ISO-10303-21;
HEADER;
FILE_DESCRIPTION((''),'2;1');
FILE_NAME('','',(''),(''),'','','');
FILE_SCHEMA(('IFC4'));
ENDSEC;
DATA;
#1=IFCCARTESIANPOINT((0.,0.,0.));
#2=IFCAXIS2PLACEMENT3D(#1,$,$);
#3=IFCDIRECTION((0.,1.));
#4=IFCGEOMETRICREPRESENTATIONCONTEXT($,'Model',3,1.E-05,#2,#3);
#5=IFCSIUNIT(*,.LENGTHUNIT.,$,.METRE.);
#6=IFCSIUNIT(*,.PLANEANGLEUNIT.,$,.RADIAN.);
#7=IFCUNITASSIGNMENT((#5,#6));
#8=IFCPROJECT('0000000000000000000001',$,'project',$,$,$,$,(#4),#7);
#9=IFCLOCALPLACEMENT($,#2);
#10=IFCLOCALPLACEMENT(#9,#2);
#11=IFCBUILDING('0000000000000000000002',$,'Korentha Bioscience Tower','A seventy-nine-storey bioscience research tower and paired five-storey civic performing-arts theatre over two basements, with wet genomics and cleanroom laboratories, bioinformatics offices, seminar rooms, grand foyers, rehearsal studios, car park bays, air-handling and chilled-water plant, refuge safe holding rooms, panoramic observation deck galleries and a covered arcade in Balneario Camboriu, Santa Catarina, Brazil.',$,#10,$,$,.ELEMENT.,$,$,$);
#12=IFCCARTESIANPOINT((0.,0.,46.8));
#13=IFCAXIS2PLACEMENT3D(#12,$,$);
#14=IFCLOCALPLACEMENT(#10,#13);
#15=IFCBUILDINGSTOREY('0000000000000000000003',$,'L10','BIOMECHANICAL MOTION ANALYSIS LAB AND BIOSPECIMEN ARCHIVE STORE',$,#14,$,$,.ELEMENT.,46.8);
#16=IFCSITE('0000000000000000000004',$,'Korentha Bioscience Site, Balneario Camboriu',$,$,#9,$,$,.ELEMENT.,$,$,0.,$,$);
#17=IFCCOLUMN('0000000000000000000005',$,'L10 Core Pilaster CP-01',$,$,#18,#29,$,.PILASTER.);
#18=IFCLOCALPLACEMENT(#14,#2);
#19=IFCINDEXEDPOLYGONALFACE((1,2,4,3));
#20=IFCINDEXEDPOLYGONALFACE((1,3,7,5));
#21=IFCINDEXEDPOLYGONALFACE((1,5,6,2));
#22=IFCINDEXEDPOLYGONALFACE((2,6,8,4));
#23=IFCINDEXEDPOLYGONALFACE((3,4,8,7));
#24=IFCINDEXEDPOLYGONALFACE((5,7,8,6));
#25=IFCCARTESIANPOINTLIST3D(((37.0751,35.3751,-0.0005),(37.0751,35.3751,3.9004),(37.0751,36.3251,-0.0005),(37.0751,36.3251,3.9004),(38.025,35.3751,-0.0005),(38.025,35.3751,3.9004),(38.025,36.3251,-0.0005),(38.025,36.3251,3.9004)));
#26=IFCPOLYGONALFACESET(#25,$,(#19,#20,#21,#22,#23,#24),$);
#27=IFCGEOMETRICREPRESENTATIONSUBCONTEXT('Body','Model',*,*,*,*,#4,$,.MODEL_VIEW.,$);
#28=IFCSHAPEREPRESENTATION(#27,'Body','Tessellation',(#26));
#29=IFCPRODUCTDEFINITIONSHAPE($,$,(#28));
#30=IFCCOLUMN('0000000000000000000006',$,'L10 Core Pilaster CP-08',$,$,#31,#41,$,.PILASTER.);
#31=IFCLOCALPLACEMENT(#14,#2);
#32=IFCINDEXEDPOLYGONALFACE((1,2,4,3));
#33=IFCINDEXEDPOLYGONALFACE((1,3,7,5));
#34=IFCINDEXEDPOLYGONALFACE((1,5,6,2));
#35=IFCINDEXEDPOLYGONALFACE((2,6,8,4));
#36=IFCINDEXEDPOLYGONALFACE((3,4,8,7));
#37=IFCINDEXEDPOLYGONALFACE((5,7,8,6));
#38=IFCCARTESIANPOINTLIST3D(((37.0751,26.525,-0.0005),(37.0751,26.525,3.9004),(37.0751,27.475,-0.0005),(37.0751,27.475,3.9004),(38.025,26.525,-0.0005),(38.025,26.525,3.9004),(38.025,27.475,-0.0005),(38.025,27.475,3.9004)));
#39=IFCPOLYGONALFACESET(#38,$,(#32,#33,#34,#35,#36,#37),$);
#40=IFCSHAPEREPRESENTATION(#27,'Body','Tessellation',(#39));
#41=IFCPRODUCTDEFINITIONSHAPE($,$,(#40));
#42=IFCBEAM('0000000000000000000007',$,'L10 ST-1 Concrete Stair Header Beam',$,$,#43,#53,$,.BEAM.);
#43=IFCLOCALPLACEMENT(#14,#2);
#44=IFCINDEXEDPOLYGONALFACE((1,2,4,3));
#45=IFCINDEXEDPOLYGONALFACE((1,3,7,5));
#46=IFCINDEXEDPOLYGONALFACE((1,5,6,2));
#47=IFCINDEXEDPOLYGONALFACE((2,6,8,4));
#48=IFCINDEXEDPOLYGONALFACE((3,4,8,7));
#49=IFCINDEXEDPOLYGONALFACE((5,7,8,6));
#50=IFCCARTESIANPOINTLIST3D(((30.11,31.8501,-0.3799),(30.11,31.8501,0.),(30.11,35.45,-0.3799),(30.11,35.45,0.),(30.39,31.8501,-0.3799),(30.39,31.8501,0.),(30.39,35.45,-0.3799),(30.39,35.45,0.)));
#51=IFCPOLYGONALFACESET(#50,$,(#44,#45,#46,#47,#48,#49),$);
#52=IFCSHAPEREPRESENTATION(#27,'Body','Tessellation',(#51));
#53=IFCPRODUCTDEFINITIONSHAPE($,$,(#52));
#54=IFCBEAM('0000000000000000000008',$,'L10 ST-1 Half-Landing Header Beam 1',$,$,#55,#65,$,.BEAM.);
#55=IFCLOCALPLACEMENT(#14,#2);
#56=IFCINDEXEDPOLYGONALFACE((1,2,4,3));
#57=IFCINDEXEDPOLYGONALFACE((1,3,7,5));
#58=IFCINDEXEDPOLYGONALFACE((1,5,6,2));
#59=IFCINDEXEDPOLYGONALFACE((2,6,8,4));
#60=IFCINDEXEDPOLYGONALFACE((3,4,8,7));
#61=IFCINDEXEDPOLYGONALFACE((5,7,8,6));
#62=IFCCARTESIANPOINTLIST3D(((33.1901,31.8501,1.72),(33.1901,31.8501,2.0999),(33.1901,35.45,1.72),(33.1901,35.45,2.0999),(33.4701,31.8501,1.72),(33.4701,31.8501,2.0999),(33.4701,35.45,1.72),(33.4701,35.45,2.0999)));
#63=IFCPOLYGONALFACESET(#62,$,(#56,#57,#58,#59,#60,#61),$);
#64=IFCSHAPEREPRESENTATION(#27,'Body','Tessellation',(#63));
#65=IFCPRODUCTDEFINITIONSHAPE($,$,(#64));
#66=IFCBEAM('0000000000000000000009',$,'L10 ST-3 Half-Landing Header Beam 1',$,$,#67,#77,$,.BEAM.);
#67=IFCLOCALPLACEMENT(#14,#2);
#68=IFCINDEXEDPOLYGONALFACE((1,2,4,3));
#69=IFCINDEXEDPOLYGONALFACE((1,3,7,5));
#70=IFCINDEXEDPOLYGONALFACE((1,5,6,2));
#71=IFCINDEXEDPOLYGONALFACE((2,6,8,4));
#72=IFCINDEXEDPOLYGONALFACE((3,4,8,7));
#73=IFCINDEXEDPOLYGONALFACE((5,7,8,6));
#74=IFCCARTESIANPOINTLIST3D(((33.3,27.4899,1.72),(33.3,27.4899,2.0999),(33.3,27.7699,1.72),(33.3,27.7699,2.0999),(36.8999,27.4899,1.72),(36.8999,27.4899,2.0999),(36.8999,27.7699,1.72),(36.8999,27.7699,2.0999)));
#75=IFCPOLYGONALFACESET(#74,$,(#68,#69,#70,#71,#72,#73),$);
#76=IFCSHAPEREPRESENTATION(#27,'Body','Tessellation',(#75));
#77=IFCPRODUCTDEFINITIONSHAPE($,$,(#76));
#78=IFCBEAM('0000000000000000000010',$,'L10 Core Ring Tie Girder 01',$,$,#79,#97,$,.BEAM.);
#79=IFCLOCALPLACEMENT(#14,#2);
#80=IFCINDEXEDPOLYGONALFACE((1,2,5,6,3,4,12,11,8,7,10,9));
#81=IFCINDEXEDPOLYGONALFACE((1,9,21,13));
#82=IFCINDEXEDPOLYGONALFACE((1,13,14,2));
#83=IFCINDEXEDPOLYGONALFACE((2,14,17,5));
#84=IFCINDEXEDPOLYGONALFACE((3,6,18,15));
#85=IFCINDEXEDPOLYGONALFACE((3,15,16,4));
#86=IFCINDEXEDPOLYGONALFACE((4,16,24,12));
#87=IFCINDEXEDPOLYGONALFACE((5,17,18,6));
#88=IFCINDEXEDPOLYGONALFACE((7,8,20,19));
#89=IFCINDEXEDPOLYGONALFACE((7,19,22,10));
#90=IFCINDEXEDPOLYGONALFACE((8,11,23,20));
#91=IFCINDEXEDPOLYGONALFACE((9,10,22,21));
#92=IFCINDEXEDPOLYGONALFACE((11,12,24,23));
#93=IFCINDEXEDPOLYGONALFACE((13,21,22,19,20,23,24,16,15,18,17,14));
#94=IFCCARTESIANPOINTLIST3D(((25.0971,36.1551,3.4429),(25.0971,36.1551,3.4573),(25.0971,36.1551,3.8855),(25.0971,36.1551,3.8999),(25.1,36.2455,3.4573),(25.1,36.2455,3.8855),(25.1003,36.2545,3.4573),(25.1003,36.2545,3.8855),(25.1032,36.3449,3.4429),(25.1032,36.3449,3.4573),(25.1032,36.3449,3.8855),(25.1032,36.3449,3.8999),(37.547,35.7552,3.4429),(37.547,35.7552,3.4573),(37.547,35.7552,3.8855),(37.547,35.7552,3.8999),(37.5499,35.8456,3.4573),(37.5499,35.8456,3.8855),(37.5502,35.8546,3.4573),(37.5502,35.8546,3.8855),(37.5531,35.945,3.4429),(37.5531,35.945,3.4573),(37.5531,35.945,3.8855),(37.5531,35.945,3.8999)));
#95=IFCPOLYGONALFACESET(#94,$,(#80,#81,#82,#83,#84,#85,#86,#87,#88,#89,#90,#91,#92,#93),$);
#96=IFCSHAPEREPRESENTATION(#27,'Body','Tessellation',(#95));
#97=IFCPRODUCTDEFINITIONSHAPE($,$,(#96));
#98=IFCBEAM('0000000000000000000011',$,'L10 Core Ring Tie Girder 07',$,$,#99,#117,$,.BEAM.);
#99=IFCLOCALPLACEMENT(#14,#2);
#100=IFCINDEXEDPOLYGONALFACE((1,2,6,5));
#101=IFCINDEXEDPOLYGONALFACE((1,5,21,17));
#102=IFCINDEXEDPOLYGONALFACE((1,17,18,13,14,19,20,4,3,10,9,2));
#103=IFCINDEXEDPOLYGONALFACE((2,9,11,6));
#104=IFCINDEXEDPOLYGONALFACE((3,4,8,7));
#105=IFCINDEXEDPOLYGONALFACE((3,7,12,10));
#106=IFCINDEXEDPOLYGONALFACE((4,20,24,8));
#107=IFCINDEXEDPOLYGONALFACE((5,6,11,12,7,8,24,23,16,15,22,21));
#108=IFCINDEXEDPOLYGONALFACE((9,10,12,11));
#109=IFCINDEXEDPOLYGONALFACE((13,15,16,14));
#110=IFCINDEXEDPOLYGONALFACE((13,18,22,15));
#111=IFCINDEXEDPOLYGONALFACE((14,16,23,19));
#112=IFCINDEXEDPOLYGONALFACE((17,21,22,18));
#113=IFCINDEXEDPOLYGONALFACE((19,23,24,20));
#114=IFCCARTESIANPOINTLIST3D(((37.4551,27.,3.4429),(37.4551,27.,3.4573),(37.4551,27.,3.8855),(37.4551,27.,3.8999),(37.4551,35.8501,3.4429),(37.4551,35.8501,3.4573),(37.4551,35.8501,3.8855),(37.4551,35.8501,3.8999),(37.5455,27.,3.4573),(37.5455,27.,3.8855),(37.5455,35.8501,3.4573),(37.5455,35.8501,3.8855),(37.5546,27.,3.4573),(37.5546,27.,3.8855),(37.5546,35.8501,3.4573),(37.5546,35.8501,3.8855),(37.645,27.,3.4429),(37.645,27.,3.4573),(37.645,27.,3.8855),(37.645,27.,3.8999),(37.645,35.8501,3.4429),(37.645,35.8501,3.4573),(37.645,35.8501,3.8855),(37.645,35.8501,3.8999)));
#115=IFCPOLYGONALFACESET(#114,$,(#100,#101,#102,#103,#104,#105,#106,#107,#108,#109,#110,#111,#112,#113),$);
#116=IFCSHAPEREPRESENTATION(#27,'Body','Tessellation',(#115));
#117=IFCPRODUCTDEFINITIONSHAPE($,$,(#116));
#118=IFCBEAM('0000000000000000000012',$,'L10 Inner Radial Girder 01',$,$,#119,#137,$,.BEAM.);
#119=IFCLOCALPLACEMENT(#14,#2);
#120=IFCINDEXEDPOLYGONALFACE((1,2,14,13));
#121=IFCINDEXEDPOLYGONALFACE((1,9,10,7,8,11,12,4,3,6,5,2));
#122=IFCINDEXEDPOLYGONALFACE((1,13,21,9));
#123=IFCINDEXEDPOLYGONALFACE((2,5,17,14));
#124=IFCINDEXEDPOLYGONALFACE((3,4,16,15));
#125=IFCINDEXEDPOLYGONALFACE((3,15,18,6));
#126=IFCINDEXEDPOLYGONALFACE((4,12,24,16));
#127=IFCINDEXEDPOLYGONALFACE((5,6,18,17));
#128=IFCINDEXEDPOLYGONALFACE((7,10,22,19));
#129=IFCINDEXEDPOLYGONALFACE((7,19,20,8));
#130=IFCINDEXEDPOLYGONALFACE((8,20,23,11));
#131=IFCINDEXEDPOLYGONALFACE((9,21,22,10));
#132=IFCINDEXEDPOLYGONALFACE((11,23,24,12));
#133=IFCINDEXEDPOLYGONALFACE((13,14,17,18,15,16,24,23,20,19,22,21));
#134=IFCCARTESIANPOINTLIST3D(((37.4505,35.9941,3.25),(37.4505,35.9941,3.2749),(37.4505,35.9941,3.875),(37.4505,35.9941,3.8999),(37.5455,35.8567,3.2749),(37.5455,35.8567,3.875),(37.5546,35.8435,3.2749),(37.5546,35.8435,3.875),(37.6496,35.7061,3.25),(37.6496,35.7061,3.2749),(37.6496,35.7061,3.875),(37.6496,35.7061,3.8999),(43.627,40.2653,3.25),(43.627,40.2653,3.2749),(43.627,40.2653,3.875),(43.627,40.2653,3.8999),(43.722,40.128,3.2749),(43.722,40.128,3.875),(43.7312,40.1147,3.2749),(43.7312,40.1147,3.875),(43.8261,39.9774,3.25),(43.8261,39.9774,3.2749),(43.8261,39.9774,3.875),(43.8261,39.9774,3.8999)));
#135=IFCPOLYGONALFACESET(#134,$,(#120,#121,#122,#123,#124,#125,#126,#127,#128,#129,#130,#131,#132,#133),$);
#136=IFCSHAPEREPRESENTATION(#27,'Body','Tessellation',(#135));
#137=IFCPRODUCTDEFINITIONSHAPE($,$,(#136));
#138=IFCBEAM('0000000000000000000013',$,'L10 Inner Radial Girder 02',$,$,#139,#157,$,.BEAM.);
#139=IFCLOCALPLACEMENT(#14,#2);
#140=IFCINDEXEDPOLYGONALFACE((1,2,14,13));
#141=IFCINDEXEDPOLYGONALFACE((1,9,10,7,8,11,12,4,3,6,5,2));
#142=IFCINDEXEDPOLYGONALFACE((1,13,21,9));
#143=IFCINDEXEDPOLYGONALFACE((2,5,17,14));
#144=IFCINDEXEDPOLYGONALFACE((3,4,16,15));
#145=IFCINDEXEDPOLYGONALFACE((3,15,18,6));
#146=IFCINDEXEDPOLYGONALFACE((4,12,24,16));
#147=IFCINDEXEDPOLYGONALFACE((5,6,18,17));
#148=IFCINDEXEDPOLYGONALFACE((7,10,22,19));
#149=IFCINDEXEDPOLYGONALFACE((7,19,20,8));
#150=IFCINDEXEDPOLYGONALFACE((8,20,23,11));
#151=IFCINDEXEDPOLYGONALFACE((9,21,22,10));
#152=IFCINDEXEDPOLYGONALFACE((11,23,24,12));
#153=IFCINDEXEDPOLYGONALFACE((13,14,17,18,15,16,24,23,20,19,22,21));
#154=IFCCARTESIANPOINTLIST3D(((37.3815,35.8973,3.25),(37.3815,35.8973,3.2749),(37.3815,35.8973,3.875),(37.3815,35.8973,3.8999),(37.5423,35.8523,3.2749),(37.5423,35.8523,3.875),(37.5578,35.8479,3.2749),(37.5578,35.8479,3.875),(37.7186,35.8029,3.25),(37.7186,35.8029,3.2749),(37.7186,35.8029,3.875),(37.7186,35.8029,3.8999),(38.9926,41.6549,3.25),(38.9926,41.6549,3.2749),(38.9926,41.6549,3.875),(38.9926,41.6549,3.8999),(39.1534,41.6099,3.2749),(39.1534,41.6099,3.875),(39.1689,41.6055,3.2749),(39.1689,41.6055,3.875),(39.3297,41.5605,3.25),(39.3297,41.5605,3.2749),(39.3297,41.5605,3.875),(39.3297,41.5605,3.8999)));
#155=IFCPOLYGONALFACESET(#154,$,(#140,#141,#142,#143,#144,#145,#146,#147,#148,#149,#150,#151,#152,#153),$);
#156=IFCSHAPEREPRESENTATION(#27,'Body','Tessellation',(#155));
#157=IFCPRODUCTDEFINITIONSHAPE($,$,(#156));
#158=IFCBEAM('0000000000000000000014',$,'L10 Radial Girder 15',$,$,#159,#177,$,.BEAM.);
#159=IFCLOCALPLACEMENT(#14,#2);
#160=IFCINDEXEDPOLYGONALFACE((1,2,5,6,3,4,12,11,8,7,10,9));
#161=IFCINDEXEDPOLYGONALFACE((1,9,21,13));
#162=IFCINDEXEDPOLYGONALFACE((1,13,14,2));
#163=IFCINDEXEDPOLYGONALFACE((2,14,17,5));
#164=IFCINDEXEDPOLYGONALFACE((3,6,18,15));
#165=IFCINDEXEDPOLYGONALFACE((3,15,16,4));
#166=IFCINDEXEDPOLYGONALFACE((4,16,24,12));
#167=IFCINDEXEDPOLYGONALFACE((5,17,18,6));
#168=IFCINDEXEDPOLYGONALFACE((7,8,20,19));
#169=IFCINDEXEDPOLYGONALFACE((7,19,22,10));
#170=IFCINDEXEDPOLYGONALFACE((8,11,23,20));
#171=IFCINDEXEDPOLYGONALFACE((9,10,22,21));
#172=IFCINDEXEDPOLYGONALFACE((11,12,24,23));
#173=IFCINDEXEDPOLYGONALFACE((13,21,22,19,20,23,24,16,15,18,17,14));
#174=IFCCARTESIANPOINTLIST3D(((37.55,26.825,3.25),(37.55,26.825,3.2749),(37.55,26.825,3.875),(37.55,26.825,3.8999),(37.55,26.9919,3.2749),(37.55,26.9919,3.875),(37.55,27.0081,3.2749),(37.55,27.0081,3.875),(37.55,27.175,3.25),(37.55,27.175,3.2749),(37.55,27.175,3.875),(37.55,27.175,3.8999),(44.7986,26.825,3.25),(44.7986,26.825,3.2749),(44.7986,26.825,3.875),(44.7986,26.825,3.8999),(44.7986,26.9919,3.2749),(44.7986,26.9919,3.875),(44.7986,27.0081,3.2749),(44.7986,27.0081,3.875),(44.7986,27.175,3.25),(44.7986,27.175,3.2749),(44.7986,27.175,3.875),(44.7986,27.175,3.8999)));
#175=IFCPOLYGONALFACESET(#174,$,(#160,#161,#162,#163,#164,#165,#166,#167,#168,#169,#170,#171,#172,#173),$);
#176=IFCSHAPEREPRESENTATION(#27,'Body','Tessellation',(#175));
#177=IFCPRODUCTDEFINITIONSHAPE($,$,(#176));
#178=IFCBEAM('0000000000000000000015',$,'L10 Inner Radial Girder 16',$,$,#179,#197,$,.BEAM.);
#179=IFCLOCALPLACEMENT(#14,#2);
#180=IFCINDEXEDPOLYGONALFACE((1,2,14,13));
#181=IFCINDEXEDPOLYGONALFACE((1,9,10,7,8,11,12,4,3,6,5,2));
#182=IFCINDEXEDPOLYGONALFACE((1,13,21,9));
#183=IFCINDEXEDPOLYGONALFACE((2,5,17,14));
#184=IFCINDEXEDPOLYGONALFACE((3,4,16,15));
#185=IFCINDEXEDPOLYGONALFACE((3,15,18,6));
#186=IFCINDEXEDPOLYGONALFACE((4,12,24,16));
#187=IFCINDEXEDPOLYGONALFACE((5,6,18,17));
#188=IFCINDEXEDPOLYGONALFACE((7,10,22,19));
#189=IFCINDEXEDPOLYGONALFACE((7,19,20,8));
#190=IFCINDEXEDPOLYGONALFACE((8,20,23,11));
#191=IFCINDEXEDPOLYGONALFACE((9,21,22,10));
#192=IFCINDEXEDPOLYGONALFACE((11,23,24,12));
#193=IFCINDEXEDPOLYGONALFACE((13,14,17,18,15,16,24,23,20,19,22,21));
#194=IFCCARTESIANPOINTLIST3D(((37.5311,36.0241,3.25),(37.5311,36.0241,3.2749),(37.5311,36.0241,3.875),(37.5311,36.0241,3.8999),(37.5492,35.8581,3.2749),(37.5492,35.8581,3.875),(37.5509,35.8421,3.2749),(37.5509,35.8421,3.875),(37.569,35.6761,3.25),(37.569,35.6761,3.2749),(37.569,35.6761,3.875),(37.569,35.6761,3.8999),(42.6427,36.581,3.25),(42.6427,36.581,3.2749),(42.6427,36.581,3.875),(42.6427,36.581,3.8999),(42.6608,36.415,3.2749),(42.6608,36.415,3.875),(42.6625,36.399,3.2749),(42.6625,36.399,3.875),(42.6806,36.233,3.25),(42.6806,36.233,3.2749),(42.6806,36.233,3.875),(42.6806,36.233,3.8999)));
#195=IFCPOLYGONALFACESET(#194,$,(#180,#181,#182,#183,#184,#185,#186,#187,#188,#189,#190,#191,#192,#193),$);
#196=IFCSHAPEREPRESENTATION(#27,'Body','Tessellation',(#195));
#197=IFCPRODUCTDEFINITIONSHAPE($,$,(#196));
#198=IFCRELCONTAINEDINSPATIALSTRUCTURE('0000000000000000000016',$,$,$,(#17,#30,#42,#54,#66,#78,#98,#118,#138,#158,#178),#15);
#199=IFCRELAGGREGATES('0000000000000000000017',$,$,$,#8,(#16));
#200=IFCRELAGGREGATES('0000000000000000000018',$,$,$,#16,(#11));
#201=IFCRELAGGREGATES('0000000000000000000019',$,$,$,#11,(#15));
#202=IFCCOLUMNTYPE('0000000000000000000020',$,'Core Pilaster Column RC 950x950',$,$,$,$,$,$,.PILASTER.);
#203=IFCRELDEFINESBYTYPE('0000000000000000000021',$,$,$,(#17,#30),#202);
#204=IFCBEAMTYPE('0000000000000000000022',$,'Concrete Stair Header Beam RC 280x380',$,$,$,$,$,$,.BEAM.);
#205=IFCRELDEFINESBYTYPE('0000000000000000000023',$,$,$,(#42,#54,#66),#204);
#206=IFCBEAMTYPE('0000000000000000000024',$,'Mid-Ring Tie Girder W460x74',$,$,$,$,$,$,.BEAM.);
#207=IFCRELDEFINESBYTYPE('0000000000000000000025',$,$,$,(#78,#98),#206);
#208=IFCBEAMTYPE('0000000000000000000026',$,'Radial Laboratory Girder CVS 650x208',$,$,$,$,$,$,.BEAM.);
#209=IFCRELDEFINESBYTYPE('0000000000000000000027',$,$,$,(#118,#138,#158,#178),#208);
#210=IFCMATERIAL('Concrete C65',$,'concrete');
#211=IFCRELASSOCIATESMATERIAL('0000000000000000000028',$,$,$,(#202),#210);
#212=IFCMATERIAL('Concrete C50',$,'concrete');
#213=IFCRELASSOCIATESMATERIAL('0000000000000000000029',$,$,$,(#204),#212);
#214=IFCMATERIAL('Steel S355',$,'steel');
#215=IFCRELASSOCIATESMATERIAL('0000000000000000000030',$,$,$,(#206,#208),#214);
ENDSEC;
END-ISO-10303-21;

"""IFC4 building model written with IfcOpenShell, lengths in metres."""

from ifc_helpers import new_model, si_unit, direction, frame, origin, origin_2d, place, context, subcontext, project, spatial, rectangle, i_section, extrude, material, material_profile, profile_set, type_object, element, save


model = new_model("IFC4")

# Units and contexts
model_context = context("Model", 3, precision=1e-05, world=origin(), true_north=direction((0.0, 1.0)))
body_context = subcontext(model_context, "Body", "Model", "MODEL_VIEW")
ifc_project = project(units=[si_unit("LENGTHUNIT", "METRE"), si_unit("PLANEANGLEUNIT", "RADIAN")], contexts=[model_context])

# Site, building, storey
site_placement = place(None, origin())
site = spatial("IfcSite", under=ifc_project, at=site_placement, Name="Korentha Bioscience Site, Balneario Camboriu", CompositionType="ELEMENT", RefElevation=0.0)
building_placement = place(site_placement, origin())
building = spatial("IfcBuilding", under=site, at=building_placement, Name="Korentha Bioscience Tower", Description="A seventy-nine-storey bioscience research tower and paired five-storey civic performing-arts theatre over two basements, with wet genomics and cleanroom laboratories, bioinformatics offices, seminar rooms, grand foyers, rehearsal studios, car park bays, air-handling and chilled-water plant, refuge safe holding rooms, panoramic observation deck galleries and a covered arcade in Balneario Camboriu, Santa Catarina, Brazil.", CompositionType="ELEMENT")
storey_placement = place(building_placement, frame((0.0, 0.0, 46.8)))
storey = spatial("IfcBuildingStorey", under=building, at=storey_placement, Name="L10", Description="BIOMECHANICAL MOTION ANALYSIS LAB AND BIOSPECIMEN ARCHIVE STORE", CompositionType="ELEMENT", Elevation=46.8)

# Columns
ifc_material_1 = material(Name="Concrete C65", Category="concrete")
ifc_material_profile_1 = material_profile(ifc_material_1, rectangle(XDim=0.95, YDim=0.95, at=origin_2d()), Name="Concrete C65")
ifc_profile_set_1 = profile_set([ifc_material_profile_1], Name="Concrete C65 (COL-CP09)")
column_type = type_object("IfcColumnType", Name="Core Pilaster Column RC 950x950", PredefinedType="PILASTER", material=ifc_profile_set_1)
for number, where, z_axis, x_axis, name in (
    (1, (37.55, 35.8501, -0.0005), (0.0, 0.0, 1.0), (1.0, 0.0, 0.0), "L10 Core Pilaster CP-01"),
    (2, (37.55, 27.0, -0.0005), (0.0, 0.0, 1.0), (1.0, 0.0, 0.0), "L10 Core Pilaster CP-08"),
):
    element("IfcColumn", number, at=place(storey_placement, frame(where, z_axis=z_axis, x_axis=x_axis)), inside=storey, type_object=column_type, Name=name, PredefinedType="PILASTER", context=body_context, shape_type="SweptSolid", body=[
        extrude(rectangle(XDim=0.95, YDim=0.95, at=origin_2d()), origin(), (0.0, 0.0, 1.0), 3.9009),
    ])

# Beams
ifc_material_2 = material(Name="Concrete C50", Category="concrete")
ifc_material_profile_2 = material_profile(ifc_material_2, rectangle(XDim=0.28, YDim=0.3799, at=origin_2d()), Name="Concrete C50")
ifc_profile_set_2 = profile_set([ifc_material_profile_2], Name="Concrete C50 (ST-HB380)")
beam_type_1 = type_object("IfcBeamType", Name="Concrete Stair Header Beam RC 280x380", PredefinedType="BEAM", material=ifc_profile_set_2)
for number, where, z_axis, x_axis, name in (
    (3, (30.25, 31.8501, -0.1899), (0.0, 1.0, 0.0), (-1.0, 0.0, 0.0), "L10 ST-1 Concrete Stair Header Beam"),
    (4, (33.3301, 31.8501, 1.9099), (0.0, 1.0, 0.0), (-1.0, 0.0, 0.0), "L10 ST-1 Half-Landing Header Beam 1"),
    (5, (36.8999, 27.6299, 1.9099), (-1.0, 0.0, 0.0), (0.0, -1.0, 0.0), "L10 ST-3 Half-Landing Header Beam 1"),
):
    element("IfcBeam", number, at=place(storey_placement, frame(where, z_axis=z_axis, x_axis=x_axis)), inside=storey, type_object=beam_type_1, Name=name, PredefinedType="BEAM", context=body_context, shape_type="SweptSolid", body=[
        extrude(rectangle(XDim=0.28, YDim=0.3799, at=origin_2d()), origin(), (0.0, 0.0, 1.0), 3.5999),
    ])
ifc_material_3 = material(Name="Steel S355", Category="steel")
ifc_material_profile_3 = material_profile(ifc_material_3, i_section(OverallWidth=0.1899, OverallDepth=0.457, WebThickness=0.009, FlangeThickness=0.0144, at=origin_2d()), Name="Steel S355")
ifc_profile_set_3 = profile_set([ifc_material_profile_3], Name="Steel S355 (MB-460)")
beam_type_2 = type_object("IfcBeamType", Name="Mid-Ring Tie Girder W460x74", PredefinedType="BEAM", material=ifc_profile_set_3)
beam_1_placement = place(storey_placement, frame((37.55, 35.8501, 3.6714), z_axis=(-0.999485, 0.032104, 0.0), x_axis=(-0.032104, -0.999485, 0.0)))
element("IfcBeam", 6, at=beam_1_placement, inside=storey, type_object=beam_type_2, Name="L10 Core Ring Tie Girder 01", PredefinedType="BEAM", context=body_context, shape_type="SweptSolid", body=[
    extrude(i_section(OverallWidth=0.1899, OverallDepth=0.457, WebThickness=0.009, FlangeThickness=0.0144, at=origin_2d()), origin(), (0.0, 0.0, 1.0), 12.4563),
])
beam_2_placement = place(storey_placement, frame((37.55, 27.0, 3.6714), z_axis=(0.0, 1.0, 0.0), x_axis=(-1.0, 0.0, 0.0)))
element("IfcBeam", 7, at=beam_2_placement, inside=storey, type_object=beam_type_2, Name="L10 Core Ring Tie Girder 07", PredefinedType="BEAM", context=body_context, shape_type="SweptSolid", body=[
    extrude(i_section(OverallWidth=0.1899, OverallDepth=0.457, WebThickness=0.009, FlangeThickness=0.0144, at=origin_2d()), origin(), (0.0, 0.0, 1.0), 8.8501),
])
ifc_material_profile_4 = material_profile(ifc_material_3, i_section(OverallWidth=0.3501, OverallDepth=0.6499, WebThickness=0.0161, FlangeThickness=0.0249, at=origin_2d()), Name="Steel S355")
ifc_profile_set_4 = profile_set([ifc_material_profile_4], Name="Steel S355 (RB-650)")
beam_type_3 = type_object("IfcBeamType", Name="Radial Laboratory Girder CVS 650x208", PredefinedType="BEAM", material=ifc_profile_set_4)
beam_3_placement = place(storey_placement, frame((37.55, 35.8501, 3.575), z_axis=(0.822492, 0.568777, 0.0), x_axis=(-0.568777, 0.822492, 0.0)))
element("IfcBeam", 8, at=beam_3_placement, inside=storey, type_object=beam_type_3, Name="L10 Inner Radial Girder 01", PredefinedType="BEAM", context=body_context, shape_type="SweptSolid", body=[
    extrude(i_section(OverallWidth=0.3501, OverallDepth=0.6499, WebThickness=0.0161, FlangeThickness=0.0249, at=origin_2d()), origin(), (0.0, 0.0, 1.0), 7.5095),
])
beam_4_placement = place(storey_placement, frame((37.55, 35.8501, 3.575), z_axis=(0.269469, 0.963009, 0.0), x_axis=(-0.963009, 0.269469, 0.0)))
element("IfcBeam", 9, at=beam_4_placement, inside=storey, type_object=beam_type_3, Name="L10 Inner Radial Girder 02", PredefinedType="BEAM", context=body_context, shape_type="SweptSolid", body=[
    extrude(i_section(OverallWidth=0.3501, OverallDepth=0.6499, WebThickness=0.0161, FlangeThickness=0.0249, at=origin_2d()), origin(), (0.0, 0.0, 1.0), 5.9788),
])
beam_5_placement = place(storey_placement, frame((37.55, 27.0, 3.575), z_axis=(1.0, 0.0, 0.0), x_axis=(0.0, 1.0, 0.0)))
element("IfcBeam", 10, at=beam_5_placement, inside=storey, type_object=beam_type_3, Name="L10 Radial Girder 15", PredefinedType="BEAM", context=body_context, shape_type="SweptSolid", body=[
    extrude(i_section(OverallWidth=0.3501, OverallDepth=0.6499, WebThickness=0.0161, FlangeThickness=0.0249, at=origin_2d()), origin(), (0.0, 0.0, 1.0), 7.2485),
])
beam_6_placement = place(storey_placement, frame((37.55, 35.8501, 3.575), z_axis=(0.994118, 0.108305, 0.0), x_axis=(-0.108305, 0.994118, 0.0)))
element("IfcBeam", 11, at=beam_6_placement, inside=storey, type_object=beam_type_3, Name="L10 Inner Radial Girder 16", PredefinedType="BEAM", context=body_context, shape_type="SweptSolid", body=[
    extrude(i_section(OverallWidth=0.3501, OverallDepth=0.6499, WebThickness=0.0161, FlangeThickness=0.0249, at=origin_2d()), origin(), (0.0, 0.0, 1.0), 5.1418),
])

save(model, "model.ifc")
